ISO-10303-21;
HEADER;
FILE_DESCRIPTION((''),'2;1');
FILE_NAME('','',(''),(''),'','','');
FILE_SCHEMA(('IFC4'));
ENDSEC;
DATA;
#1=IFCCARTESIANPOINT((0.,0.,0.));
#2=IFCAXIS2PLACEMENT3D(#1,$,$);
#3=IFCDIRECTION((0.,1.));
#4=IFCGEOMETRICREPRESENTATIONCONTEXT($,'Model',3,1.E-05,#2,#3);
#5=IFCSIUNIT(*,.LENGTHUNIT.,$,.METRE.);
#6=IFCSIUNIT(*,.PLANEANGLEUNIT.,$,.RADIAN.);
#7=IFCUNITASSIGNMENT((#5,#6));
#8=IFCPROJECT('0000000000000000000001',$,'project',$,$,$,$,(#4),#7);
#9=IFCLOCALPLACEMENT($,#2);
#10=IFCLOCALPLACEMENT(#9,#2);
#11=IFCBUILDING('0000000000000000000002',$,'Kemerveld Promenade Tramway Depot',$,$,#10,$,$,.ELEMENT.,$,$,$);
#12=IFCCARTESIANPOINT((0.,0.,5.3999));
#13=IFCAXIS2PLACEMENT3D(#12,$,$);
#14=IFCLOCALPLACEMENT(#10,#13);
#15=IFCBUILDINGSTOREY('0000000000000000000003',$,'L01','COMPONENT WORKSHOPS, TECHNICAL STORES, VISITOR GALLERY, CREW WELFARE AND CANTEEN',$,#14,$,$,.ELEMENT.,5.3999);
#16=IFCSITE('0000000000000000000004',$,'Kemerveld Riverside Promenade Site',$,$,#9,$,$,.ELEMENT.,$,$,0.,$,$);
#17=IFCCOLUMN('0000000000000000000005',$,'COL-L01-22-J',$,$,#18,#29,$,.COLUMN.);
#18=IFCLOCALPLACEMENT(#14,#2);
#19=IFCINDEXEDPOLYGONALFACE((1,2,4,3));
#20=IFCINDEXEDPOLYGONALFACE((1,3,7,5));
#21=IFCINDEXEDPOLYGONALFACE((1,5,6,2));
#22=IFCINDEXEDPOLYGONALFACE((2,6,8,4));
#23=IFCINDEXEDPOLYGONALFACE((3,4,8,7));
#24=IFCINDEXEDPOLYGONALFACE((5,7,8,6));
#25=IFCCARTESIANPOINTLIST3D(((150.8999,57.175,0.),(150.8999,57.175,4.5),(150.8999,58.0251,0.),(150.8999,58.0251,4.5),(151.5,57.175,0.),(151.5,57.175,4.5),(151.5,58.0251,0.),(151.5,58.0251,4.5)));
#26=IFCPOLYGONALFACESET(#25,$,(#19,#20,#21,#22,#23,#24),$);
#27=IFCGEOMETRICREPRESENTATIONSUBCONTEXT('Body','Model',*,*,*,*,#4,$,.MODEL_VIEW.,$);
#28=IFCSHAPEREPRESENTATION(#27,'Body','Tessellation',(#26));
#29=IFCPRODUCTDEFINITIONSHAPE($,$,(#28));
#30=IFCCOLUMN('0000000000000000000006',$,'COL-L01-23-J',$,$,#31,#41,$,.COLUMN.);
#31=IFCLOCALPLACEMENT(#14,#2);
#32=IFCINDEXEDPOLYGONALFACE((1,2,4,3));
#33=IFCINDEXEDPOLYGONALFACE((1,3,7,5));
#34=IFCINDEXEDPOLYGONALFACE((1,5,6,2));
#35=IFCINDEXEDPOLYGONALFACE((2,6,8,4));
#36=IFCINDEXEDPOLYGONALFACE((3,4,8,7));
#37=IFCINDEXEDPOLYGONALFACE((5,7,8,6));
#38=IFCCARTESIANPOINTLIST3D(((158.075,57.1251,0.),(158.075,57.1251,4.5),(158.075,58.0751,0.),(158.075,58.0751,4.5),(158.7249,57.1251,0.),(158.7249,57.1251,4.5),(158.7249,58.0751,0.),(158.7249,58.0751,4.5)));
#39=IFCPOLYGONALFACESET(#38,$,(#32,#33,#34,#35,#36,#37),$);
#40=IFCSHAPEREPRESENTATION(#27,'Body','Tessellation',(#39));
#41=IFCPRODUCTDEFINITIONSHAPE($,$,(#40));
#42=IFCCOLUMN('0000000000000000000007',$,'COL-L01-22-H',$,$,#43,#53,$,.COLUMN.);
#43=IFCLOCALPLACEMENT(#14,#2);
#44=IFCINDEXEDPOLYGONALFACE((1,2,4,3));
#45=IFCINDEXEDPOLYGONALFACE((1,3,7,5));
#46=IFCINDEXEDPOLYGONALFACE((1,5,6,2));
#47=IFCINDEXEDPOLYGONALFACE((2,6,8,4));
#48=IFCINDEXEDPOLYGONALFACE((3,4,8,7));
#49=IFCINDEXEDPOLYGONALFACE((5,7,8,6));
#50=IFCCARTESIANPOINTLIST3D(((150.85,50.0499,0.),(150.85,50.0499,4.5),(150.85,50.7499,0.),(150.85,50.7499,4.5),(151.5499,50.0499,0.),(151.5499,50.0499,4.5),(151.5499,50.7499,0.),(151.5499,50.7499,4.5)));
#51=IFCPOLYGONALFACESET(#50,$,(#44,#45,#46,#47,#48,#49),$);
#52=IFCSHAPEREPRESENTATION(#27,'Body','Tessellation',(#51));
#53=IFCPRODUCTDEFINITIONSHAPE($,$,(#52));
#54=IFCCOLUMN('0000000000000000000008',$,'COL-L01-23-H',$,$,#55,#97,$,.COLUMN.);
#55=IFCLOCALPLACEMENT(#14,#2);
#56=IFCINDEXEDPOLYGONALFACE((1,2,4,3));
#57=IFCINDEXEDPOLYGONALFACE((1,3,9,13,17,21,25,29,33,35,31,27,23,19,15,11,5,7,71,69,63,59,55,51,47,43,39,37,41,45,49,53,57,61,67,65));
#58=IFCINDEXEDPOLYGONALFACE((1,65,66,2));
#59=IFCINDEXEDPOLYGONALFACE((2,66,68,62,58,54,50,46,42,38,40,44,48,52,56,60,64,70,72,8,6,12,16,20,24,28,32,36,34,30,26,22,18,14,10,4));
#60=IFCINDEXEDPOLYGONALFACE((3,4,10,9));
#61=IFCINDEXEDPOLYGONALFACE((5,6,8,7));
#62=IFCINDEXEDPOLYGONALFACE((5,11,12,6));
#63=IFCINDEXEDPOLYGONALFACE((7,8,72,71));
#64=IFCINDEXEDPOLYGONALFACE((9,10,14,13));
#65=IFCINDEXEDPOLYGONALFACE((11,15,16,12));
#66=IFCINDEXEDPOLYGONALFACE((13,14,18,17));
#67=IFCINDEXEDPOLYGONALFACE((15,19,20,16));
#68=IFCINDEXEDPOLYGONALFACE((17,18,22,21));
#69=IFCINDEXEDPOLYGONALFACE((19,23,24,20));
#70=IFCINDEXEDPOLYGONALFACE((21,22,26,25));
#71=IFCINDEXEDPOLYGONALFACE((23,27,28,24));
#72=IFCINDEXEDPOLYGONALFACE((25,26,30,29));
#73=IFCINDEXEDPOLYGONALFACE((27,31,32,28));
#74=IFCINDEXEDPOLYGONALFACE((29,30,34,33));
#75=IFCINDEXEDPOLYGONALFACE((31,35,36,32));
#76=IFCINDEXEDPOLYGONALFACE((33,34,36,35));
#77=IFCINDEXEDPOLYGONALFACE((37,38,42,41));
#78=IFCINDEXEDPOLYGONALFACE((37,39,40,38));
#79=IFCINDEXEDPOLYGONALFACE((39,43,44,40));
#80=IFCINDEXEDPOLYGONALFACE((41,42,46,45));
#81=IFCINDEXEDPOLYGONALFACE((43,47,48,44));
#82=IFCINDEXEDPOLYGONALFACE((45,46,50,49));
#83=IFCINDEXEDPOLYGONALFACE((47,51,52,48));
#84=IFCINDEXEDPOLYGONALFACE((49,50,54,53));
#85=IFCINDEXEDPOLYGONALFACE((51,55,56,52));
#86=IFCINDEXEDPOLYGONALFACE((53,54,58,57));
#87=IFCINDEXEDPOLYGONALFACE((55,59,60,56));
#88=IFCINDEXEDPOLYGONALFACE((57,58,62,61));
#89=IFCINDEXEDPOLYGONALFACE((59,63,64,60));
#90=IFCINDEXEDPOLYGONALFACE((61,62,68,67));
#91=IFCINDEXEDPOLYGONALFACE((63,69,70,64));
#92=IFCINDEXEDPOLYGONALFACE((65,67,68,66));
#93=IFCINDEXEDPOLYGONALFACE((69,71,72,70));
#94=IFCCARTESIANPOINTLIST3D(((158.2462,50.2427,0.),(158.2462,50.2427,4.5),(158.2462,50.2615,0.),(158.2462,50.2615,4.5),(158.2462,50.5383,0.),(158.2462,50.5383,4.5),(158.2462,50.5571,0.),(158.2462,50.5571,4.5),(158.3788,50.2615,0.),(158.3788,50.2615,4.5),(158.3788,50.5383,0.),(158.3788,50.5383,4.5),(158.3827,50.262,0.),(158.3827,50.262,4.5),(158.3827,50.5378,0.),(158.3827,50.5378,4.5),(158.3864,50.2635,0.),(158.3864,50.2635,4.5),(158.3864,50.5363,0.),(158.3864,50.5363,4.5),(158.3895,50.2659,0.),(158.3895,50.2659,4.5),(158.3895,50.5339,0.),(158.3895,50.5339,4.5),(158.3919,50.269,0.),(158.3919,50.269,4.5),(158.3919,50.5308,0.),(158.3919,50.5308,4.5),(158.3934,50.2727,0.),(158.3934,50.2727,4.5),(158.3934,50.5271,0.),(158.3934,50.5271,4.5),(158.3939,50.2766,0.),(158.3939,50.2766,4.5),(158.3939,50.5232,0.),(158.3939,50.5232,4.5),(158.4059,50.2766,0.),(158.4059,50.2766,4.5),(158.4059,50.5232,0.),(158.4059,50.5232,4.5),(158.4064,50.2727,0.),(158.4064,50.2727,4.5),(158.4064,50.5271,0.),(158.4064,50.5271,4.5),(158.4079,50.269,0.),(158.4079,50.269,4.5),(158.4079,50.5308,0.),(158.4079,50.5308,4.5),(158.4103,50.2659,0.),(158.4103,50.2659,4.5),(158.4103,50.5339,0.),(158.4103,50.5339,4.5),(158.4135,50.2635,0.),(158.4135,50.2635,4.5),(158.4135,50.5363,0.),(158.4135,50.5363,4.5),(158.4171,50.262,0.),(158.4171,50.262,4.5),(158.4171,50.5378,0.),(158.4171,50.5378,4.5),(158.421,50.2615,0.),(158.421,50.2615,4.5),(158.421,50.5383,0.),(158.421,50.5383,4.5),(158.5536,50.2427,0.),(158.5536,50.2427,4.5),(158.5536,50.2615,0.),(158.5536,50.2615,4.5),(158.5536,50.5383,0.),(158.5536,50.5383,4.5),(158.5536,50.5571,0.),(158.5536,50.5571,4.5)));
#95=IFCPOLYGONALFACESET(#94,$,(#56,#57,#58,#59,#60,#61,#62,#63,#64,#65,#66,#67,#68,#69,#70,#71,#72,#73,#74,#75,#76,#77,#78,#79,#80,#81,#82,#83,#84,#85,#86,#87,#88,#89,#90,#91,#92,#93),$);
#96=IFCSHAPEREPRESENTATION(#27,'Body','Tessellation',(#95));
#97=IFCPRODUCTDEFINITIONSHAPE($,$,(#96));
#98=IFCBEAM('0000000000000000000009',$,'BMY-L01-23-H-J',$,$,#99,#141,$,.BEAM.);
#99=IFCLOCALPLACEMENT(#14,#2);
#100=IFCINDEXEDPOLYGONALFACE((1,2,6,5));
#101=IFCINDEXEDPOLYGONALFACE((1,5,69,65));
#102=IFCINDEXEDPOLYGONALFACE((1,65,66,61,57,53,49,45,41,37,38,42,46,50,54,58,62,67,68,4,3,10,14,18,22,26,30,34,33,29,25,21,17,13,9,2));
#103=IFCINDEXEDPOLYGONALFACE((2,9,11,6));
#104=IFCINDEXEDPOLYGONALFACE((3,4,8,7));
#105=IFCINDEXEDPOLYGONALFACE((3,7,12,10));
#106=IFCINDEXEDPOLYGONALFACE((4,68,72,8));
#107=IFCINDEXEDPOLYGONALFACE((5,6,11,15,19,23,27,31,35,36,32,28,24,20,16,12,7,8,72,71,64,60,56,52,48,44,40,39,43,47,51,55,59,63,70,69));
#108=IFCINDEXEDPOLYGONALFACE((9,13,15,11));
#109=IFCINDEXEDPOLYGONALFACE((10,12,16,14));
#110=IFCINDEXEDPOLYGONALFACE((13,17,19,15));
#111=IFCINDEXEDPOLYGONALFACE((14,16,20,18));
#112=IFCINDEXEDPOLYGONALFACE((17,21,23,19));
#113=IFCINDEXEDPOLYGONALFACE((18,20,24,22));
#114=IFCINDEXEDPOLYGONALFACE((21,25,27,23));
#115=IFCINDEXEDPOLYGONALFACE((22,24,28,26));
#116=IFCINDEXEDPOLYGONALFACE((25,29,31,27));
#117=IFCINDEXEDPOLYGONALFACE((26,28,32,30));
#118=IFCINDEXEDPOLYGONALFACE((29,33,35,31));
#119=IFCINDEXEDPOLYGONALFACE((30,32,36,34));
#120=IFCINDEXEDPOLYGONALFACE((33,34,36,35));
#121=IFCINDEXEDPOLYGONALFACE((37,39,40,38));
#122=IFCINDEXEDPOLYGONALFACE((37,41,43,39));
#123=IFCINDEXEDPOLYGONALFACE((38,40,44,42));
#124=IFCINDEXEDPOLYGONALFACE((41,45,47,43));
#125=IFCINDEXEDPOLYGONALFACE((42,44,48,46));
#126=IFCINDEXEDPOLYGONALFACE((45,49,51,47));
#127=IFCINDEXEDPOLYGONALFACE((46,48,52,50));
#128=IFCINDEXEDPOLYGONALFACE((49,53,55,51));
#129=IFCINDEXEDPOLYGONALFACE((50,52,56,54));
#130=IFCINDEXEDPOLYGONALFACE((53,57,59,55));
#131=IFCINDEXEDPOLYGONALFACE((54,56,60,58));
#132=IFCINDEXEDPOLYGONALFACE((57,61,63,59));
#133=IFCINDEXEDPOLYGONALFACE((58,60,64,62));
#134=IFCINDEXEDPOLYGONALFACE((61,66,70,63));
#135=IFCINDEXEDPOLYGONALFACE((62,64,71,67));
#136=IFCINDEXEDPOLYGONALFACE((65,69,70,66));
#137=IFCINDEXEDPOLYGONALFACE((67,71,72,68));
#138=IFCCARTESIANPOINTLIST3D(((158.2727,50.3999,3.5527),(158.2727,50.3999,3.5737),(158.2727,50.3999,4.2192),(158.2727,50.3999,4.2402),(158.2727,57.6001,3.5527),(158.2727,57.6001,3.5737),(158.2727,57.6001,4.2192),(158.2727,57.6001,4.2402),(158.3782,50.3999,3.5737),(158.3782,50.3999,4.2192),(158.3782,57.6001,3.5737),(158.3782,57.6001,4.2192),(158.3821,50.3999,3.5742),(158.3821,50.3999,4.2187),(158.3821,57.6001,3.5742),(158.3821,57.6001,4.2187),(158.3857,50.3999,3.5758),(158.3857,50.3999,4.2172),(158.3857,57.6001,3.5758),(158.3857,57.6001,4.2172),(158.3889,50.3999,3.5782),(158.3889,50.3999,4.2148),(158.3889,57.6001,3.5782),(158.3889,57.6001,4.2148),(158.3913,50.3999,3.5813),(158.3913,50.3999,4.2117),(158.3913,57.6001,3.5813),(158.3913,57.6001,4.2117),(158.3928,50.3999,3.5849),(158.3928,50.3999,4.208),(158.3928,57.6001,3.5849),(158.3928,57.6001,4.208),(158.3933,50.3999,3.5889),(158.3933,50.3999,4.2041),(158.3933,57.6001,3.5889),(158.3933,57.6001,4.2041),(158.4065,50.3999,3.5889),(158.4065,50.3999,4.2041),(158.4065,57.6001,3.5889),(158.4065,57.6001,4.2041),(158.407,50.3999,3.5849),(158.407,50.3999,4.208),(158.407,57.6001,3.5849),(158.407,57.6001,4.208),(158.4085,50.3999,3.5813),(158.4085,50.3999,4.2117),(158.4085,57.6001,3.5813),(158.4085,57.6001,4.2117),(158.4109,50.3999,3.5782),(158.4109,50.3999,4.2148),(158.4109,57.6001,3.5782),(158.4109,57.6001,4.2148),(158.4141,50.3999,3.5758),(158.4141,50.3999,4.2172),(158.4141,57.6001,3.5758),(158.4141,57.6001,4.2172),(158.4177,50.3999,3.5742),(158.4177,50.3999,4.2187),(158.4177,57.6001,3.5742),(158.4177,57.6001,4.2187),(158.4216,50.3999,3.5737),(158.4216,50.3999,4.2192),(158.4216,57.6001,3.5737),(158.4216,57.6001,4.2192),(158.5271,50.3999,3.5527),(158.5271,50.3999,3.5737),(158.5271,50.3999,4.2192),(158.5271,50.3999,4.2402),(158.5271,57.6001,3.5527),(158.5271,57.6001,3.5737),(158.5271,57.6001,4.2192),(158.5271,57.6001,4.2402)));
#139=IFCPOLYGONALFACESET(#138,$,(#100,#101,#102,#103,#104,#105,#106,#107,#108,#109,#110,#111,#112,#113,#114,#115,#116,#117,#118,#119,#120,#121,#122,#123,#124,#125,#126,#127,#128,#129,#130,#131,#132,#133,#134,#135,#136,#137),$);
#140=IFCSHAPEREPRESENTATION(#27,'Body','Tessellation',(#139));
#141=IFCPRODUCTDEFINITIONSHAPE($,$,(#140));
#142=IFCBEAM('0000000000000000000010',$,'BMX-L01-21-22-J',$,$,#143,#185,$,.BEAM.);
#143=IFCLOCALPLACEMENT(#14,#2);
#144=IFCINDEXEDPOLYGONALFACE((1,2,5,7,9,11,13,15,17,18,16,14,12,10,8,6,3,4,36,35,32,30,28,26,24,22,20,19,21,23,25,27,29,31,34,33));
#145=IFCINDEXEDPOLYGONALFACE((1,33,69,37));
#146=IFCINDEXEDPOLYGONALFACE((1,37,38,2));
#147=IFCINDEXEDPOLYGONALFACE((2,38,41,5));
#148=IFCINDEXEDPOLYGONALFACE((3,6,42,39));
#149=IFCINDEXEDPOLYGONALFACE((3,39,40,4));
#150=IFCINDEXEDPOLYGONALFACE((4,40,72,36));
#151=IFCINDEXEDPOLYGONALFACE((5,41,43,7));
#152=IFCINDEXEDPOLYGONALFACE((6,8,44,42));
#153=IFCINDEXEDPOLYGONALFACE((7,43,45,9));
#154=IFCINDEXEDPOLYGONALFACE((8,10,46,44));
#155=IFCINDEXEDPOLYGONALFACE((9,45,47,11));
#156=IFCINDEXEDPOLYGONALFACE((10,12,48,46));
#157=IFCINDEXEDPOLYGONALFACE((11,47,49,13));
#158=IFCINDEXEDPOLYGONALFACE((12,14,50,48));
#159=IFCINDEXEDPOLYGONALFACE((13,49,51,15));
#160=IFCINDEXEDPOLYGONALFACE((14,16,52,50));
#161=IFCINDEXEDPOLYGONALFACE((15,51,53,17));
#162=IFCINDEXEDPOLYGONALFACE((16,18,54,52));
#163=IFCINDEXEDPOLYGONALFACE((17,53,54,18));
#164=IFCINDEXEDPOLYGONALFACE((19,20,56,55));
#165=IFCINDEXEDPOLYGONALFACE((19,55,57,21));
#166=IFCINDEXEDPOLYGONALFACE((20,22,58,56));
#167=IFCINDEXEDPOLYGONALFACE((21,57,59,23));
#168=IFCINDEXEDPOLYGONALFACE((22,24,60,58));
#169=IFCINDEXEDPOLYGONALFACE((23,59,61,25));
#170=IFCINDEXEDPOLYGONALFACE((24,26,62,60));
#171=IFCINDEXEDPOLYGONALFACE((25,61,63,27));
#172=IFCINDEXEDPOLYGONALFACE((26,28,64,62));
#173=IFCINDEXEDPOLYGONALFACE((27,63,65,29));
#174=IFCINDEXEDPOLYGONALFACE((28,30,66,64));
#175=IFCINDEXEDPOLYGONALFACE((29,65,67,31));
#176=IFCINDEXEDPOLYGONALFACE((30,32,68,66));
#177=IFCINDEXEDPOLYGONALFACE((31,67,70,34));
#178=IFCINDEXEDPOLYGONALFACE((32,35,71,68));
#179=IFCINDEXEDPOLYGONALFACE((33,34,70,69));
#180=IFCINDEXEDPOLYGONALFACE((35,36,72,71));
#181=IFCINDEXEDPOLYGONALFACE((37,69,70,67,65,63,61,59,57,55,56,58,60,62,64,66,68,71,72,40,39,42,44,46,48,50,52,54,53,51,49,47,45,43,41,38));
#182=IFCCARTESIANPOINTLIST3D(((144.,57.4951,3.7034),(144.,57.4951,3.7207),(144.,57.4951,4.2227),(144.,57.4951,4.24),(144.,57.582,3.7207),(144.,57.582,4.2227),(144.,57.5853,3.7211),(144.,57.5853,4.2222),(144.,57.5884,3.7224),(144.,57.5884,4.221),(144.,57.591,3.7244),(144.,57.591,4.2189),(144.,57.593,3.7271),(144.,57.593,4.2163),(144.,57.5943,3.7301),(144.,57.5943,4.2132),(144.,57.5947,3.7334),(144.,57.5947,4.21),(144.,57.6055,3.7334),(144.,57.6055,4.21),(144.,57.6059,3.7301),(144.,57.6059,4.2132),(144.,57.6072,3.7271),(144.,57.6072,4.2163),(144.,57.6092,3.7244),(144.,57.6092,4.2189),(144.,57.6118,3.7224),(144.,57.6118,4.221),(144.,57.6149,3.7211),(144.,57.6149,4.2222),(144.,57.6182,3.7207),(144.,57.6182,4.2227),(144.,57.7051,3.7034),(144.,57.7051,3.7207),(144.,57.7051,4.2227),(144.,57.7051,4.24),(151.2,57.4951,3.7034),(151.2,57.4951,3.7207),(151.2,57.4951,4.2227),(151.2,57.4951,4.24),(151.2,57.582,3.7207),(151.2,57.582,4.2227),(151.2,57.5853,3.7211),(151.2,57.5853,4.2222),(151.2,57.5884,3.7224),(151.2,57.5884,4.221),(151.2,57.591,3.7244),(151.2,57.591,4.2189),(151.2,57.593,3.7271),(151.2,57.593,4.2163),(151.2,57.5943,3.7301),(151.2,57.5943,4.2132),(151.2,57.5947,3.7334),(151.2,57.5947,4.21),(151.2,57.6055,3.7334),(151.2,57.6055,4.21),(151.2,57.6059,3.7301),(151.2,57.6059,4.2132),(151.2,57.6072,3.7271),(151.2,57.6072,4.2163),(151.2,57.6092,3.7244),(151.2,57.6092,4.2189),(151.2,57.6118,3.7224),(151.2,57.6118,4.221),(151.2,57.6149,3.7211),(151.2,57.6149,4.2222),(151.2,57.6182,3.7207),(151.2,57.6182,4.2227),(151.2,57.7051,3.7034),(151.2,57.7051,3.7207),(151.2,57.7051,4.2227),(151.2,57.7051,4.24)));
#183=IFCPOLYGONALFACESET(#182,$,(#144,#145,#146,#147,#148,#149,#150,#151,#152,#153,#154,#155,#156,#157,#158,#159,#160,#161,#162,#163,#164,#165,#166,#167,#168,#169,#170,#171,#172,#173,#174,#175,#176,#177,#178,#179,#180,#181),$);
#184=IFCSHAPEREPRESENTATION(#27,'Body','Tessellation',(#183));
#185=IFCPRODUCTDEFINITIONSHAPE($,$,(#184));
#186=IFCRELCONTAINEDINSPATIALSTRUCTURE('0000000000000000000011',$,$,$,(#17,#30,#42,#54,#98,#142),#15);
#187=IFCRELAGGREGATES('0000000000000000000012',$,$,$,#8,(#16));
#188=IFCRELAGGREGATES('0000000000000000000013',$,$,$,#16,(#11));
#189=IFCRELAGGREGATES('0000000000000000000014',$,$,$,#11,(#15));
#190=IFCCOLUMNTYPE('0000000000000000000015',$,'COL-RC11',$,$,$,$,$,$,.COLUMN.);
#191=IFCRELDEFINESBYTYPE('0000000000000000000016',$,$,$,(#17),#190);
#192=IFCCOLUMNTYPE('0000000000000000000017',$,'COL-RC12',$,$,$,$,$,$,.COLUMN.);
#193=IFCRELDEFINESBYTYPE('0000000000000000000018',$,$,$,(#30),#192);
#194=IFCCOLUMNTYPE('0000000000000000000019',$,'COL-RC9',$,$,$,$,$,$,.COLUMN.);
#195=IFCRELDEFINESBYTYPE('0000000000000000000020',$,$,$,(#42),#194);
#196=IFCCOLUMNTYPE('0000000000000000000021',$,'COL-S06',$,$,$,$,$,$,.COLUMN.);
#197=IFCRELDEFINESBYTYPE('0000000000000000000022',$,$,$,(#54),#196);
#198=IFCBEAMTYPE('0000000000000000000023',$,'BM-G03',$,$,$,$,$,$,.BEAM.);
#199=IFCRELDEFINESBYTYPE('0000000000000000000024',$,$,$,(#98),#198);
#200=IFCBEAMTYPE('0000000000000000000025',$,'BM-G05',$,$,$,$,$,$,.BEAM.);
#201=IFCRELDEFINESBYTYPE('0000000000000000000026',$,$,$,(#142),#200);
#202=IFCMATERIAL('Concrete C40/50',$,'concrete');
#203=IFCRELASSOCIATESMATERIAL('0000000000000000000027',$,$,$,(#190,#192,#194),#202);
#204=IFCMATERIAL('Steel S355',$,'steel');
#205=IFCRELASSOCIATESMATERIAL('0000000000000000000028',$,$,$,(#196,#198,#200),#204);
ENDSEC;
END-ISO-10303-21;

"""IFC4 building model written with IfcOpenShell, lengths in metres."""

from ifc_helpers import new_model, si_unit, direction, frame, origin, origin_2d, place, context, subcontext, project, spatial, rectangle, i_section, extrude, material, material_profile, profile_set, type_object, element, save


model = new_model("IFC4")

# Units and contexts
model_context = context("Model", 3, precision=1e-05, world=origin(), true_north=direction((0.0, 1.0)))
body_context = subcontext(model_context, "Body", "Model", "MODEL_VIEW")
ifc_project = project(units=[si_unit("LENGTHUNIT", "METRE"), si_unit("PLANEANGLEUNIT", "RADIAN")], contexts=[model_context])

# Site, building, storey
site_placement = place(None, origin())
site = spatial("IfcSite", under=ifc_project, at=site_placement, Name="Kemerveld Riverside Promenade Site", CompositionType="ELEMENT", RefElevation=0.0)
building_placement = place(site_placement, origin())
building = spatial("IfcBuilding", under=site, at=building_placement, Name="Kemerveld Promenade Tramway Depot", CompositionType="ELEMENT")
storey_placement = place(building_placement, frame((0.0, 0.0, 5.3999)))
storey = spatial("IfcBuildingStorey", under=building, at=storey_placement, Name="L01", Description="COMPONENT WORKSHOPS, TECHNICAL STORES, VISITOR GALLERY, CREW WELFARE AND CANTEEN", CompositionType="ELEMENT", Elevation=5.3999)

# Columns
ifc_material_1 = material(Name="Concrete C40/50", Category="concrete")
ifc_material_profile_1 = material_profile(ifc_material_1, rectangle(XDim=0.6001, YDim=0.8501, at=origin_2d()), Name="RC-PIER-850x600")
ifc_profile_set_1 = profile_set([ifc_material_profile_1], Name="Concrete C40/50")
column_type_1 = type_object("IfcColumnType", Name="COL-RC11", PredefinedType="COLUMN", material=ifc_profile_set_1)
column_1_placement = place(storey_placement, frame((151.2, 57.6001, 0.0), z_axis=(0.0, 0.0, 1.0), x_axis=(1.0, 0.0, 0.0)))
element("IfcColumn", 1, at=column_1_placement, inside=storey, type_object=column_type_1, Name="COL-L01-22-J", PredefinedType="COLUMN", context=body_context, shape_type="SweptSolid", body=[
    extrude(rectangle(XDim=0.6001, YDim=0.8501, at=origin_2d()), origin(), (0.0, 0.0, 1.0), 4.5),
])
ifc_material_profile_2 = material_profile(ifc_material_1, rectangle(XDim=0.6499, YDim=0.95, at=origin_2d()), Name="RC-PIER-950x650")
ifc_profile_set_2 = profile_set([ifc_material_profile_2], Name="Concrete C40/50")
column_type_2 = type_object("IfcColumnType", Name="COL-RC12", PredefinedType="COLUMN", material=ifc_profile_set_2)
column_2_placement = place(storey_placement, frame((158.3999, 57.6001, 0.0), z_axis=(0.0, 0.0, 1.0), x_axis=(1.0, 0.0, 0.0)))
element("IfcColumn", 2, at=column_2_placement, inside=storey, type_object=column_type_2, Name="COL-L01-23-J", PredefinedType="COLUMN", context=body_context, shape_type="SweptSolid", body=[
    extrude(rectangle(XDim=0.6499, YDim=0.95, at=origin_2d()), origin(), (0.0, 0.0, 1.0), 4.5),
])
ifc_material_profile_3 = material_profile(ifc_material_1, rectangle(XDim=0.7, YDim=0.7, at=origin_2d()), Name="RC-COL-700x700")
ifc_profile_set_3 = profile_set([ifc_material_profile_3], Name="Concrete C40/50")
column_type_3 = type_object("IfcColumnType", Name="COL-RC9", PredefinedType="COLUMN", material=ifc_profile_set_3)
column_3_placement = place(storey_placement, frame((151.2, 50.3999, 0.0), z_axis=(0.0, 0.0, 1.0), x_axis=(1.0, 0.0, 0.0)))
element("IfcColumn", 3, at=column_3_placement, inside=storey, type_object=column_type_3, Name="COL-L01-22-H", PredefinedType="COLUMN", context=body_context, shape_type="SweptSolid", body=[
    extrude(rectangle(XDim=0.7, YDim=0.7, at=origin_2d()), origin(), (0.0, 0.0, 1.0), 4.5),
])
ifc_material_2 = material(Name="Steel S355", Category="steel")
ifc_material_profile_4 = material_profile(ifc_material_2, i_section(OverallWidth=0.3074, OverallDepth=0.3145, WebThickness=0.012, FlangeThickness=0.0188, FilletRadius=0.0151, at=origin_2d()), Name="305x305x118 UC")
ifc_profile_set_4 = profile_set([ifc_material_profile_4], Name="Steel S355")
column_type_4 = type_object("IfcColumnType", Name="COL-S06", PredefinedType="COLUMN", material=ifc_profile_set_4)
column_4_placement = place(storey_placement, frame((158.3999, 50.3999, 0.0), z_axis=(0.0, 0.0, 1.0), x_axis=(1.0, 0.0, 0.0)))
element("IfcColumn", 4, at=column_4_placement, inside=storey, type_object=column_type_4, Name="COL-L01-23-H", PredefinedType="COLUMN", context=body_context, shape_type="SweptSolid", body=[
    extrude(i_section(OverallWidth=0.3074, OverallDepth=0.3145, WebThickness=0.012, FlangeThickness=0.0188, FilletRadius=0.0151, at=origin_2d()), origin(), (0.0, 0.0, 1.0), 4.5),
])

# Beams
ifc_material_profile_5 = material_profile(ifc_material_2, i_section(OverallWidth=0.2544, OverallDepth=0.6875, WebThickness=0.0132, FlangeThickness=0.021, FilletRadius=0.0151, at=origin_2d()), Name="686x254x152 UB")
ifc_profile_set_5 = profile_set([ifc_material_profile_5], Name="Steel S355")
beam_type_1 = type_object("IfcBeamType", Name="BM-G03", PredefinedType="BEAM", material=ifc_profile_set_5)
beam_1_placement = place(storey_placement, frame((158.3999, 50.3999, 3.8965), z_axis=(0.0, 1.0, 0.0), x_axis=(-1.0, 0.0, 0.0)))
element("IfcBeam", 5, at=beam_1_placement, inside=storey, type_object=beam_type_1, Name="BMY-L01-23-H-J", PredefinedType="BEAM", context=body_context, shape_type="SweptSolid", body=[
    extrude(i_section(OverallWidth=0.2544, OverallDepth=0.6875, WebThickness=0.0132, FlangeThickness=0.021, FilletRadius=0.0151, at=origin_2d()), origin(), (0.0, 0.0, 1.0), 7.2002),
])
ifc_material_profile_6 = material_profile(ifc_material_2, i_section(OverallWidth=0.21, OverallDepth=0.5366, WebThickness=0.0107, FlangeThickness=0.0173, FilletRadius=0.0127, at=origin_2d()), Name="533x210x101 UB")
ifc_profile_set_6 = profile_set([ifc_material_profile_6], Name="Steel S355")
beam_type_2 = type_object("IfcBeamType", Name="BM-G05", PredefinedType="BEAM", material=ifc_profile_set_6)
for number, where, z_axis, x_axis, name in (
    (6, (144.0, 57.6001, 3.9717), (1.0, 0.0, 0.0), (0.0, 1.0, 0.0), "BMX-L01-21-22-J"),
):
    element("IfcBeam", number, at=place(storey_placement, frame(where, z_axis=z_axis, x_axis=x_axis)), inside=storey, type_object=beam_type_2, Name=name, PredefinedType="BEAM", context=body_context, shape_type="SweptSolid", body=[
        extrude(i_section(OverallWidth=0.21, OverallDepth=0.5366, WebThickness=0.0107, FlangeThickness=0.0173, FilletRadius=0.0127, at=origin_2d()), origin(), (0.0, 0.0, 1.0), 7.2),
    ])

save(model, "model.ifc")
